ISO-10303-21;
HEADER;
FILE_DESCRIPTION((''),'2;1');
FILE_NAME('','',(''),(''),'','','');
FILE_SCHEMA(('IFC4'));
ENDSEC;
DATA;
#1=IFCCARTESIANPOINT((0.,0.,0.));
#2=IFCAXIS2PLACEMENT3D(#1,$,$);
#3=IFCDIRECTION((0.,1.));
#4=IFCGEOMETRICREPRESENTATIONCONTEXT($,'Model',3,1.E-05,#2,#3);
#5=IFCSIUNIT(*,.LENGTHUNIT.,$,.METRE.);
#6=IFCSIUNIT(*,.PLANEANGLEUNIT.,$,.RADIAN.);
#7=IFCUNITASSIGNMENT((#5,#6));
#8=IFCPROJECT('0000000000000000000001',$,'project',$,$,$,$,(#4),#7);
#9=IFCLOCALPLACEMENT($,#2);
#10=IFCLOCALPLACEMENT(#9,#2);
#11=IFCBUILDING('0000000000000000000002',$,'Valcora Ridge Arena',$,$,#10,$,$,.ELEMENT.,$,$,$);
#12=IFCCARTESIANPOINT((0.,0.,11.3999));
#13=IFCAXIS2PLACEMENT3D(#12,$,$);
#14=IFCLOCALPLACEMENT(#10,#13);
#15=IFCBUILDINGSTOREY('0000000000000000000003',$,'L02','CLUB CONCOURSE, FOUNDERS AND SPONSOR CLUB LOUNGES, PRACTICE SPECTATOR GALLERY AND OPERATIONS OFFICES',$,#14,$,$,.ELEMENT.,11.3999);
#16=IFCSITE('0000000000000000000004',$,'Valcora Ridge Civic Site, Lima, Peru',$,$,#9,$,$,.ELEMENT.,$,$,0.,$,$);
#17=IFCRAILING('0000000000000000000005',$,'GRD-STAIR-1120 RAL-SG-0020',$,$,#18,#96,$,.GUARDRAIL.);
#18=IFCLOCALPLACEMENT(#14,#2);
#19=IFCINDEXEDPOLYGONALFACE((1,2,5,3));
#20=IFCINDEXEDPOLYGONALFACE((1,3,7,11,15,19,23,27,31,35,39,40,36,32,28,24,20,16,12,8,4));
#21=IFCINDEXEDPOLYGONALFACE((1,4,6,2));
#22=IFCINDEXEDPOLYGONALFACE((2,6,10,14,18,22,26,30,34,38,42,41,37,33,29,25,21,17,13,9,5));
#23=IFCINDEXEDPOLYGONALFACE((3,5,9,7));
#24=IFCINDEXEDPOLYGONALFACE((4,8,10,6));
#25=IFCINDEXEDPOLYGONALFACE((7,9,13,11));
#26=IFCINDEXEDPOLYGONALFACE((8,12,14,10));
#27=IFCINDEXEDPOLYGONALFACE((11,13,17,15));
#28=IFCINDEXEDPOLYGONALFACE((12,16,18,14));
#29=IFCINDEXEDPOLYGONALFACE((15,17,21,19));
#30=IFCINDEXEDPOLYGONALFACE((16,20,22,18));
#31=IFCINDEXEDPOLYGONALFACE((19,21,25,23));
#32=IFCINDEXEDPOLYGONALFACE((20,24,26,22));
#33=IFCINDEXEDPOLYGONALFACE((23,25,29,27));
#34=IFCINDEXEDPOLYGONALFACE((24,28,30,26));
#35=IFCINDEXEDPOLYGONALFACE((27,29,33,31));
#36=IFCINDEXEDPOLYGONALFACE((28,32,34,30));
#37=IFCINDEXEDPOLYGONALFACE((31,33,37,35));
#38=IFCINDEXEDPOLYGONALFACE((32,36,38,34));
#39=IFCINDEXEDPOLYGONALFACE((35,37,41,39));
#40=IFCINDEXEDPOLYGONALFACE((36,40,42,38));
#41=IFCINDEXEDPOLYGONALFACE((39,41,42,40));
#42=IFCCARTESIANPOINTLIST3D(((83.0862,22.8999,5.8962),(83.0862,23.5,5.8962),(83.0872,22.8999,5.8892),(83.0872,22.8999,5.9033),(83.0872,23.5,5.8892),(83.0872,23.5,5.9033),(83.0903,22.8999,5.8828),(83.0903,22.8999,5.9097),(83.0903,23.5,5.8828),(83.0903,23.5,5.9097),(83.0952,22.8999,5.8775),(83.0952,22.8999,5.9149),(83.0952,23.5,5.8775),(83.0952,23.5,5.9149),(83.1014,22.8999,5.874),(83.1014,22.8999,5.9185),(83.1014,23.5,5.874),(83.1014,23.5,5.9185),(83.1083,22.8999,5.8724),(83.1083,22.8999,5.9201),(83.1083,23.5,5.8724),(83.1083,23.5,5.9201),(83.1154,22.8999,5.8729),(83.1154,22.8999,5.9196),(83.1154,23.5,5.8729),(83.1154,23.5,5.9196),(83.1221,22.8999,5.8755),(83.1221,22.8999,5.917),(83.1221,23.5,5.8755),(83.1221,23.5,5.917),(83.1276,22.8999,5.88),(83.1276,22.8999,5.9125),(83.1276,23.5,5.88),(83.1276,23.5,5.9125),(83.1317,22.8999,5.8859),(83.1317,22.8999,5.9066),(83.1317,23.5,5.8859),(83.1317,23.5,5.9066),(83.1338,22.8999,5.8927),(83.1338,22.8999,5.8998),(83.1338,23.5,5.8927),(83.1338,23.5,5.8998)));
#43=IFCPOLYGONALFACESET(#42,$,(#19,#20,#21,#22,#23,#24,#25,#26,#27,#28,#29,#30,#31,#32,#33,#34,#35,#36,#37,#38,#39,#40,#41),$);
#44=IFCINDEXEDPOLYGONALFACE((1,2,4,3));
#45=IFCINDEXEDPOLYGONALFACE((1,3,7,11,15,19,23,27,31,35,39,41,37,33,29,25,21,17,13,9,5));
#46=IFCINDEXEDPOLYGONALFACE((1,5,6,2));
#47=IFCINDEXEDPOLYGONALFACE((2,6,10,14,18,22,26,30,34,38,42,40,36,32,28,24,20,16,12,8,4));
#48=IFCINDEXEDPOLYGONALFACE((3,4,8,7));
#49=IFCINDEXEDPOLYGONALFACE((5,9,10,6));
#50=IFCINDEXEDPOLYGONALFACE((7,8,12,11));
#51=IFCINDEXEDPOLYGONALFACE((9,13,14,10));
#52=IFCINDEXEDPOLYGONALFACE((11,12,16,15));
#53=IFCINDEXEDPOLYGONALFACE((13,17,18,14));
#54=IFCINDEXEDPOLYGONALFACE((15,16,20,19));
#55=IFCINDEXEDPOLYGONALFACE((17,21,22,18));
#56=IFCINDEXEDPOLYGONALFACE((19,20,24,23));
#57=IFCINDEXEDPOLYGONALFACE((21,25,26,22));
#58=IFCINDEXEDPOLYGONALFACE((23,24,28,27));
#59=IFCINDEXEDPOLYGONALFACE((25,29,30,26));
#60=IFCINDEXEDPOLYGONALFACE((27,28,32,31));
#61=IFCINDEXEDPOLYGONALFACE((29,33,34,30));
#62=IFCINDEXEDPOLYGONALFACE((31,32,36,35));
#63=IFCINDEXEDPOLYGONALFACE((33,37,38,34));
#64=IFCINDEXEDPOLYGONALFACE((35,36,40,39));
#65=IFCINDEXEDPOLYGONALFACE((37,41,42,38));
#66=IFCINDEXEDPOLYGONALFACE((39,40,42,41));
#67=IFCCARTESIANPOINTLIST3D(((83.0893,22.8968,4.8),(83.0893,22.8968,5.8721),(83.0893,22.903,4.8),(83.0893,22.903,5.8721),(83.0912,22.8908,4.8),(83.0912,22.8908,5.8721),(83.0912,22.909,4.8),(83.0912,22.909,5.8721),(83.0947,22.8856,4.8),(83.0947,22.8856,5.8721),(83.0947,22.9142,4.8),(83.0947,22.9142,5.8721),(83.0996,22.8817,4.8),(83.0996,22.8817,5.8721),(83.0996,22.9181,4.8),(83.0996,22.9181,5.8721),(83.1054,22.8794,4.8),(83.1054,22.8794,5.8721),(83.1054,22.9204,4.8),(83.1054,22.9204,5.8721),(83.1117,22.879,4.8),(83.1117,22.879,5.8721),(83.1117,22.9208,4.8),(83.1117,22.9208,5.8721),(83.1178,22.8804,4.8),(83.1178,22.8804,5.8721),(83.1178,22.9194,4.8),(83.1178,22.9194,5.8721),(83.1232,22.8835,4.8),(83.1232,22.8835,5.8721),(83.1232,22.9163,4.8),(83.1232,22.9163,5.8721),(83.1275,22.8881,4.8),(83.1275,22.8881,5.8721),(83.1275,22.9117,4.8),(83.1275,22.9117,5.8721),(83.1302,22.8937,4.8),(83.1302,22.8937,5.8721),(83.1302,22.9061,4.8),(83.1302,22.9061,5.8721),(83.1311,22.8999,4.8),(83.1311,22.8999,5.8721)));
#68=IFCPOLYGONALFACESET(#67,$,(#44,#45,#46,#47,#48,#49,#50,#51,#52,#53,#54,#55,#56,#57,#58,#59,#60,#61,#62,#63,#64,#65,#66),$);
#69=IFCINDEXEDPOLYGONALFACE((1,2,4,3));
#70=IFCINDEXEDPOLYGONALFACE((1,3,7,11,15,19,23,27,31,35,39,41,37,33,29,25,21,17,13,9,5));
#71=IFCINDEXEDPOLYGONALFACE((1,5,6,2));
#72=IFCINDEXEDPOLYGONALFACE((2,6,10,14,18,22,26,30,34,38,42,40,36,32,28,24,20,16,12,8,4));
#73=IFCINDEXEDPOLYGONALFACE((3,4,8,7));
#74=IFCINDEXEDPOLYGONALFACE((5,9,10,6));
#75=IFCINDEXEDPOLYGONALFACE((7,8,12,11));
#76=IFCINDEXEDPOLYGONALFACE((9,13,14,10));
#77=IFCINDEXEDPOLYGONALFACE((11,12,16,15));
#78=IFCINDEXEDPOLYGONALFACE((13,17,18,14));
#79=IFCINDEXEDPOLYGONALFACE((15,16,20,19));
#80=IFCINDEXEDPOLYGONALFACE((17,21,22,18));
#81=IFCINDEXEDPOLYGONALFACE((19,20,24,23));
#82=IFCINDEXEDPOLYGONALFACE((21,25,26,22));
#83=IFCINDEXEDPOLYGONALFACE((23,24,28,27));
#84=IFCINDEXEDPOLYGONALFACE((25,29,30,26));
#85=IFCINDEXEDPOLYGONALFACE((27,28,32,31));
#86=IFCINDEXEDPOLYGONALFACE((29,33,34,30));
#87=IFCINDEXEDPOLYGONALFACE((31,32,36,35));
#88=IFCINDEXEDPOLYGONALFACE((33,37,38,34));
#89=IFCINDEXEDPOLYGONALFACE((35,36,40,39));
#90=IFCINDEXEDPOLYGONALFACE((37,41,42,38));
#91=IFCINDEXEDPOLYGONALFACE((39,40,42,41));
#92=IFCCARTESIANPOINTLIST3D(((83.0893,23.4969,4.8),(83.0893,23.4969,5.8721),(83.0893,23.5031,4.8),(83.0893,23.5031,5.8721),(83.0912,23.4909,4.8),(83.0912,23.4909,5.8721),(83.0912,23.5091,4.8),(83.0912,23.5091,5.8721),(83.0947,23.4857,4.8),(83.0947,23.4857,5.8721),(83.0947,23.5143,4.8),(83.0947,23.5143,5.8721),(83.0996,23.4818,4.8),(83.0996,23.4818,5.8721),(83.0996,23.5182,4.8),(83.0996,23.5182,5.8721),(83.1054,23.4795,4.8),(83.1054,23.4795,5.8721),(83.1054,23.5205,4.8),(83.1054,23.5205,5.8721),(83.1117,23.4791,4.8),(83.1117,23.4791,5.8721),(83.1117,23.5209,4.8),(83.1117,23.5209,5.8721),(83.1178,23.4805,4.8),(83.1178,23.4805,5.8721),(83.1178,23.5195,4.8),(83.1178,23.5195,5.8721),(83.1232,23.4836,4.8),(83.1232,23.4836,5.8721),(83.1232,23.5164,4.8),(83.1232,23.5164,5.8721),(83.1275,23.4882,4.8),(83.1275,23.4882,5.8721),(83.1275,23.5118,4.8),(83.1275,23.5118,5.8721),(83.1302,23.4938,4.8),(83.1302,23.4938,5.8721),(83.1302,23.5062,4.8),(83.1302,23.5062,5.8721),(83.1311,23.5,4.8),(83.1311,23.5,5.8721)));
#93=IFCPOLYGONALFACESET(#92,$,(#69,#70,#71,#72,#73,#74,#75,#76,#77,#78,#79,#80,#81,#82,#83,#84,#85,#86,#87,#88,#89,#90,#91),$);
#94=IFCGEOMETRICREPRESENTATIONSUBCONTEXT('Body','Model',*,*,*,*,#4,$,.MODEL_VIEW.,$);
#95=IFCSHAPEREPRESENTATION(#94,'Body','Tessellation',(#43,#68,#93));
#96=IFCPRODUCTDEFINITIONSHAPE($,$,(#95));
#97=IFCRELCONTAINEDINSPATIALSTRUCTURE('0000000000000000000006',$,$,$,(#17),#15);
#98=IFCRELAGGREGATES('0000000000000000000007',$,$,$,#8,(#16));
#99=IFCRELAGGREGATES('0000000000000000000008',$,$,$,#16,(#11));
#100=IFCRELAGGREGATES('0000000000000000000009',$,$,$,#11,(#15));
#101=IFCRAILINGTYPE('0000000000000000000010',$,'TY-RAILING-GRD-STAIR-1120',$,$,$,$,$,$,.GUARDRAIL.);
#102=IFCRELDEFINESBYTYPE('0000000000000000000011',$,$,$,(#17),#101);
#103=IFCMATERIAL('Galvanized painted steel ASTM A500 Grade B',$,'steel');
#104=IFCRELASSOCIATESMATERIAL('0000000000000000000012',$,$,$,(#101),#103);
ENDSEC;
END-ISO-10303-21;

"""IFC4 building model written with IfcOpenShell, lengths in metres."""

from ifc_helpers import new_model, si_unit, direction, frame, origin, origin_2d, place, context, subcontext, project, spatial, circle, extrude, material, type_object, element, save


model = new_model("IFC4")

# Units and contexts
model_context = context("Model", 3, precision=1e-05, world=origin(), true_north=direction((0.0, 1.0)))
body_context = subcontext(model_context, "Body", "Model", "MODEL_VIEW")
ifc_project = project(units=[si_unit("LENGTHUNIT", "METRE"), si_unit("PLANEANGLEUNIT", "RADIAN")], contexts=[model_context])

# Site, building, storey
site_placement = place(None, origin())
site = spatial("IfcSite", under=ifc_project, at=site_placement, Name="Valcora Ridge Civic Site, Lima, Peru", CompositionType="ELEMENT", RefElevation=0.0)
building_placement = place(site_placement, origin())
building = spatial("IfcBuilding", under=site, at=building_placement, Name="Valcora Ridge Arena", CompositionType="ELEMENT")
storey_placement = place(building_placement, frame((0.0, 0.0, 11.3999)))
storey = spatial("IfcBuildingStorey", under=building, at=storey_placement, Name="L02", Description="CLUB CONCOURSE, FOUNDERS AND SPONSOR CLUB LOUNGES, PRACTICE SPECTATOR GALLERY AND OPERATIONS OFFICES", CompositionType="ELEMENT", Elevation=11.3999)

# Railing
ifc_material_1 = material(Name="Galvanized painted steel ASTM A500 Grade B", Category="steel")
railing_type_1 = type_object("IfcRailingType", Name="TY-RAILING-GRD-STAIR-1120", PredefinedType="GUARDRAIL", material=ifc_material_1)
railing_1_placement = place(storey_placement, frame((83.1101, 22.8999, 4.8)))
element("IfcRailing", 1, at=railing_1_placement, inside=storey, type_object=railing_type_1, Name="GRD-STAIR-1120 RAL-SG-0020", PredefinedType="GUARDRAIL", context=body_context, shape_type="SweptSolid", body=[
    extrude(circle(Radius=0.0239, at=origin_2d()), frame((0.0, 0.0, 1.0962), z_axis=(0.0, 1.0, 0.0), x_axis=(-1.0, 0.0, 0.0)), (0.0, 0.0, 1.0), 0.6001),
    extrude(circle(Radius=0.021, at=origin_2d()), origin(), (0.0, 0.0, 1.0), 1.072),
    extrude(circle(Radius=0.021, at=origin_2d()), frame((0.0, 0.6001, 0.0)), (0.0, 0.0, 1.0), 1.072),
])

save(model, "model.ifc")
